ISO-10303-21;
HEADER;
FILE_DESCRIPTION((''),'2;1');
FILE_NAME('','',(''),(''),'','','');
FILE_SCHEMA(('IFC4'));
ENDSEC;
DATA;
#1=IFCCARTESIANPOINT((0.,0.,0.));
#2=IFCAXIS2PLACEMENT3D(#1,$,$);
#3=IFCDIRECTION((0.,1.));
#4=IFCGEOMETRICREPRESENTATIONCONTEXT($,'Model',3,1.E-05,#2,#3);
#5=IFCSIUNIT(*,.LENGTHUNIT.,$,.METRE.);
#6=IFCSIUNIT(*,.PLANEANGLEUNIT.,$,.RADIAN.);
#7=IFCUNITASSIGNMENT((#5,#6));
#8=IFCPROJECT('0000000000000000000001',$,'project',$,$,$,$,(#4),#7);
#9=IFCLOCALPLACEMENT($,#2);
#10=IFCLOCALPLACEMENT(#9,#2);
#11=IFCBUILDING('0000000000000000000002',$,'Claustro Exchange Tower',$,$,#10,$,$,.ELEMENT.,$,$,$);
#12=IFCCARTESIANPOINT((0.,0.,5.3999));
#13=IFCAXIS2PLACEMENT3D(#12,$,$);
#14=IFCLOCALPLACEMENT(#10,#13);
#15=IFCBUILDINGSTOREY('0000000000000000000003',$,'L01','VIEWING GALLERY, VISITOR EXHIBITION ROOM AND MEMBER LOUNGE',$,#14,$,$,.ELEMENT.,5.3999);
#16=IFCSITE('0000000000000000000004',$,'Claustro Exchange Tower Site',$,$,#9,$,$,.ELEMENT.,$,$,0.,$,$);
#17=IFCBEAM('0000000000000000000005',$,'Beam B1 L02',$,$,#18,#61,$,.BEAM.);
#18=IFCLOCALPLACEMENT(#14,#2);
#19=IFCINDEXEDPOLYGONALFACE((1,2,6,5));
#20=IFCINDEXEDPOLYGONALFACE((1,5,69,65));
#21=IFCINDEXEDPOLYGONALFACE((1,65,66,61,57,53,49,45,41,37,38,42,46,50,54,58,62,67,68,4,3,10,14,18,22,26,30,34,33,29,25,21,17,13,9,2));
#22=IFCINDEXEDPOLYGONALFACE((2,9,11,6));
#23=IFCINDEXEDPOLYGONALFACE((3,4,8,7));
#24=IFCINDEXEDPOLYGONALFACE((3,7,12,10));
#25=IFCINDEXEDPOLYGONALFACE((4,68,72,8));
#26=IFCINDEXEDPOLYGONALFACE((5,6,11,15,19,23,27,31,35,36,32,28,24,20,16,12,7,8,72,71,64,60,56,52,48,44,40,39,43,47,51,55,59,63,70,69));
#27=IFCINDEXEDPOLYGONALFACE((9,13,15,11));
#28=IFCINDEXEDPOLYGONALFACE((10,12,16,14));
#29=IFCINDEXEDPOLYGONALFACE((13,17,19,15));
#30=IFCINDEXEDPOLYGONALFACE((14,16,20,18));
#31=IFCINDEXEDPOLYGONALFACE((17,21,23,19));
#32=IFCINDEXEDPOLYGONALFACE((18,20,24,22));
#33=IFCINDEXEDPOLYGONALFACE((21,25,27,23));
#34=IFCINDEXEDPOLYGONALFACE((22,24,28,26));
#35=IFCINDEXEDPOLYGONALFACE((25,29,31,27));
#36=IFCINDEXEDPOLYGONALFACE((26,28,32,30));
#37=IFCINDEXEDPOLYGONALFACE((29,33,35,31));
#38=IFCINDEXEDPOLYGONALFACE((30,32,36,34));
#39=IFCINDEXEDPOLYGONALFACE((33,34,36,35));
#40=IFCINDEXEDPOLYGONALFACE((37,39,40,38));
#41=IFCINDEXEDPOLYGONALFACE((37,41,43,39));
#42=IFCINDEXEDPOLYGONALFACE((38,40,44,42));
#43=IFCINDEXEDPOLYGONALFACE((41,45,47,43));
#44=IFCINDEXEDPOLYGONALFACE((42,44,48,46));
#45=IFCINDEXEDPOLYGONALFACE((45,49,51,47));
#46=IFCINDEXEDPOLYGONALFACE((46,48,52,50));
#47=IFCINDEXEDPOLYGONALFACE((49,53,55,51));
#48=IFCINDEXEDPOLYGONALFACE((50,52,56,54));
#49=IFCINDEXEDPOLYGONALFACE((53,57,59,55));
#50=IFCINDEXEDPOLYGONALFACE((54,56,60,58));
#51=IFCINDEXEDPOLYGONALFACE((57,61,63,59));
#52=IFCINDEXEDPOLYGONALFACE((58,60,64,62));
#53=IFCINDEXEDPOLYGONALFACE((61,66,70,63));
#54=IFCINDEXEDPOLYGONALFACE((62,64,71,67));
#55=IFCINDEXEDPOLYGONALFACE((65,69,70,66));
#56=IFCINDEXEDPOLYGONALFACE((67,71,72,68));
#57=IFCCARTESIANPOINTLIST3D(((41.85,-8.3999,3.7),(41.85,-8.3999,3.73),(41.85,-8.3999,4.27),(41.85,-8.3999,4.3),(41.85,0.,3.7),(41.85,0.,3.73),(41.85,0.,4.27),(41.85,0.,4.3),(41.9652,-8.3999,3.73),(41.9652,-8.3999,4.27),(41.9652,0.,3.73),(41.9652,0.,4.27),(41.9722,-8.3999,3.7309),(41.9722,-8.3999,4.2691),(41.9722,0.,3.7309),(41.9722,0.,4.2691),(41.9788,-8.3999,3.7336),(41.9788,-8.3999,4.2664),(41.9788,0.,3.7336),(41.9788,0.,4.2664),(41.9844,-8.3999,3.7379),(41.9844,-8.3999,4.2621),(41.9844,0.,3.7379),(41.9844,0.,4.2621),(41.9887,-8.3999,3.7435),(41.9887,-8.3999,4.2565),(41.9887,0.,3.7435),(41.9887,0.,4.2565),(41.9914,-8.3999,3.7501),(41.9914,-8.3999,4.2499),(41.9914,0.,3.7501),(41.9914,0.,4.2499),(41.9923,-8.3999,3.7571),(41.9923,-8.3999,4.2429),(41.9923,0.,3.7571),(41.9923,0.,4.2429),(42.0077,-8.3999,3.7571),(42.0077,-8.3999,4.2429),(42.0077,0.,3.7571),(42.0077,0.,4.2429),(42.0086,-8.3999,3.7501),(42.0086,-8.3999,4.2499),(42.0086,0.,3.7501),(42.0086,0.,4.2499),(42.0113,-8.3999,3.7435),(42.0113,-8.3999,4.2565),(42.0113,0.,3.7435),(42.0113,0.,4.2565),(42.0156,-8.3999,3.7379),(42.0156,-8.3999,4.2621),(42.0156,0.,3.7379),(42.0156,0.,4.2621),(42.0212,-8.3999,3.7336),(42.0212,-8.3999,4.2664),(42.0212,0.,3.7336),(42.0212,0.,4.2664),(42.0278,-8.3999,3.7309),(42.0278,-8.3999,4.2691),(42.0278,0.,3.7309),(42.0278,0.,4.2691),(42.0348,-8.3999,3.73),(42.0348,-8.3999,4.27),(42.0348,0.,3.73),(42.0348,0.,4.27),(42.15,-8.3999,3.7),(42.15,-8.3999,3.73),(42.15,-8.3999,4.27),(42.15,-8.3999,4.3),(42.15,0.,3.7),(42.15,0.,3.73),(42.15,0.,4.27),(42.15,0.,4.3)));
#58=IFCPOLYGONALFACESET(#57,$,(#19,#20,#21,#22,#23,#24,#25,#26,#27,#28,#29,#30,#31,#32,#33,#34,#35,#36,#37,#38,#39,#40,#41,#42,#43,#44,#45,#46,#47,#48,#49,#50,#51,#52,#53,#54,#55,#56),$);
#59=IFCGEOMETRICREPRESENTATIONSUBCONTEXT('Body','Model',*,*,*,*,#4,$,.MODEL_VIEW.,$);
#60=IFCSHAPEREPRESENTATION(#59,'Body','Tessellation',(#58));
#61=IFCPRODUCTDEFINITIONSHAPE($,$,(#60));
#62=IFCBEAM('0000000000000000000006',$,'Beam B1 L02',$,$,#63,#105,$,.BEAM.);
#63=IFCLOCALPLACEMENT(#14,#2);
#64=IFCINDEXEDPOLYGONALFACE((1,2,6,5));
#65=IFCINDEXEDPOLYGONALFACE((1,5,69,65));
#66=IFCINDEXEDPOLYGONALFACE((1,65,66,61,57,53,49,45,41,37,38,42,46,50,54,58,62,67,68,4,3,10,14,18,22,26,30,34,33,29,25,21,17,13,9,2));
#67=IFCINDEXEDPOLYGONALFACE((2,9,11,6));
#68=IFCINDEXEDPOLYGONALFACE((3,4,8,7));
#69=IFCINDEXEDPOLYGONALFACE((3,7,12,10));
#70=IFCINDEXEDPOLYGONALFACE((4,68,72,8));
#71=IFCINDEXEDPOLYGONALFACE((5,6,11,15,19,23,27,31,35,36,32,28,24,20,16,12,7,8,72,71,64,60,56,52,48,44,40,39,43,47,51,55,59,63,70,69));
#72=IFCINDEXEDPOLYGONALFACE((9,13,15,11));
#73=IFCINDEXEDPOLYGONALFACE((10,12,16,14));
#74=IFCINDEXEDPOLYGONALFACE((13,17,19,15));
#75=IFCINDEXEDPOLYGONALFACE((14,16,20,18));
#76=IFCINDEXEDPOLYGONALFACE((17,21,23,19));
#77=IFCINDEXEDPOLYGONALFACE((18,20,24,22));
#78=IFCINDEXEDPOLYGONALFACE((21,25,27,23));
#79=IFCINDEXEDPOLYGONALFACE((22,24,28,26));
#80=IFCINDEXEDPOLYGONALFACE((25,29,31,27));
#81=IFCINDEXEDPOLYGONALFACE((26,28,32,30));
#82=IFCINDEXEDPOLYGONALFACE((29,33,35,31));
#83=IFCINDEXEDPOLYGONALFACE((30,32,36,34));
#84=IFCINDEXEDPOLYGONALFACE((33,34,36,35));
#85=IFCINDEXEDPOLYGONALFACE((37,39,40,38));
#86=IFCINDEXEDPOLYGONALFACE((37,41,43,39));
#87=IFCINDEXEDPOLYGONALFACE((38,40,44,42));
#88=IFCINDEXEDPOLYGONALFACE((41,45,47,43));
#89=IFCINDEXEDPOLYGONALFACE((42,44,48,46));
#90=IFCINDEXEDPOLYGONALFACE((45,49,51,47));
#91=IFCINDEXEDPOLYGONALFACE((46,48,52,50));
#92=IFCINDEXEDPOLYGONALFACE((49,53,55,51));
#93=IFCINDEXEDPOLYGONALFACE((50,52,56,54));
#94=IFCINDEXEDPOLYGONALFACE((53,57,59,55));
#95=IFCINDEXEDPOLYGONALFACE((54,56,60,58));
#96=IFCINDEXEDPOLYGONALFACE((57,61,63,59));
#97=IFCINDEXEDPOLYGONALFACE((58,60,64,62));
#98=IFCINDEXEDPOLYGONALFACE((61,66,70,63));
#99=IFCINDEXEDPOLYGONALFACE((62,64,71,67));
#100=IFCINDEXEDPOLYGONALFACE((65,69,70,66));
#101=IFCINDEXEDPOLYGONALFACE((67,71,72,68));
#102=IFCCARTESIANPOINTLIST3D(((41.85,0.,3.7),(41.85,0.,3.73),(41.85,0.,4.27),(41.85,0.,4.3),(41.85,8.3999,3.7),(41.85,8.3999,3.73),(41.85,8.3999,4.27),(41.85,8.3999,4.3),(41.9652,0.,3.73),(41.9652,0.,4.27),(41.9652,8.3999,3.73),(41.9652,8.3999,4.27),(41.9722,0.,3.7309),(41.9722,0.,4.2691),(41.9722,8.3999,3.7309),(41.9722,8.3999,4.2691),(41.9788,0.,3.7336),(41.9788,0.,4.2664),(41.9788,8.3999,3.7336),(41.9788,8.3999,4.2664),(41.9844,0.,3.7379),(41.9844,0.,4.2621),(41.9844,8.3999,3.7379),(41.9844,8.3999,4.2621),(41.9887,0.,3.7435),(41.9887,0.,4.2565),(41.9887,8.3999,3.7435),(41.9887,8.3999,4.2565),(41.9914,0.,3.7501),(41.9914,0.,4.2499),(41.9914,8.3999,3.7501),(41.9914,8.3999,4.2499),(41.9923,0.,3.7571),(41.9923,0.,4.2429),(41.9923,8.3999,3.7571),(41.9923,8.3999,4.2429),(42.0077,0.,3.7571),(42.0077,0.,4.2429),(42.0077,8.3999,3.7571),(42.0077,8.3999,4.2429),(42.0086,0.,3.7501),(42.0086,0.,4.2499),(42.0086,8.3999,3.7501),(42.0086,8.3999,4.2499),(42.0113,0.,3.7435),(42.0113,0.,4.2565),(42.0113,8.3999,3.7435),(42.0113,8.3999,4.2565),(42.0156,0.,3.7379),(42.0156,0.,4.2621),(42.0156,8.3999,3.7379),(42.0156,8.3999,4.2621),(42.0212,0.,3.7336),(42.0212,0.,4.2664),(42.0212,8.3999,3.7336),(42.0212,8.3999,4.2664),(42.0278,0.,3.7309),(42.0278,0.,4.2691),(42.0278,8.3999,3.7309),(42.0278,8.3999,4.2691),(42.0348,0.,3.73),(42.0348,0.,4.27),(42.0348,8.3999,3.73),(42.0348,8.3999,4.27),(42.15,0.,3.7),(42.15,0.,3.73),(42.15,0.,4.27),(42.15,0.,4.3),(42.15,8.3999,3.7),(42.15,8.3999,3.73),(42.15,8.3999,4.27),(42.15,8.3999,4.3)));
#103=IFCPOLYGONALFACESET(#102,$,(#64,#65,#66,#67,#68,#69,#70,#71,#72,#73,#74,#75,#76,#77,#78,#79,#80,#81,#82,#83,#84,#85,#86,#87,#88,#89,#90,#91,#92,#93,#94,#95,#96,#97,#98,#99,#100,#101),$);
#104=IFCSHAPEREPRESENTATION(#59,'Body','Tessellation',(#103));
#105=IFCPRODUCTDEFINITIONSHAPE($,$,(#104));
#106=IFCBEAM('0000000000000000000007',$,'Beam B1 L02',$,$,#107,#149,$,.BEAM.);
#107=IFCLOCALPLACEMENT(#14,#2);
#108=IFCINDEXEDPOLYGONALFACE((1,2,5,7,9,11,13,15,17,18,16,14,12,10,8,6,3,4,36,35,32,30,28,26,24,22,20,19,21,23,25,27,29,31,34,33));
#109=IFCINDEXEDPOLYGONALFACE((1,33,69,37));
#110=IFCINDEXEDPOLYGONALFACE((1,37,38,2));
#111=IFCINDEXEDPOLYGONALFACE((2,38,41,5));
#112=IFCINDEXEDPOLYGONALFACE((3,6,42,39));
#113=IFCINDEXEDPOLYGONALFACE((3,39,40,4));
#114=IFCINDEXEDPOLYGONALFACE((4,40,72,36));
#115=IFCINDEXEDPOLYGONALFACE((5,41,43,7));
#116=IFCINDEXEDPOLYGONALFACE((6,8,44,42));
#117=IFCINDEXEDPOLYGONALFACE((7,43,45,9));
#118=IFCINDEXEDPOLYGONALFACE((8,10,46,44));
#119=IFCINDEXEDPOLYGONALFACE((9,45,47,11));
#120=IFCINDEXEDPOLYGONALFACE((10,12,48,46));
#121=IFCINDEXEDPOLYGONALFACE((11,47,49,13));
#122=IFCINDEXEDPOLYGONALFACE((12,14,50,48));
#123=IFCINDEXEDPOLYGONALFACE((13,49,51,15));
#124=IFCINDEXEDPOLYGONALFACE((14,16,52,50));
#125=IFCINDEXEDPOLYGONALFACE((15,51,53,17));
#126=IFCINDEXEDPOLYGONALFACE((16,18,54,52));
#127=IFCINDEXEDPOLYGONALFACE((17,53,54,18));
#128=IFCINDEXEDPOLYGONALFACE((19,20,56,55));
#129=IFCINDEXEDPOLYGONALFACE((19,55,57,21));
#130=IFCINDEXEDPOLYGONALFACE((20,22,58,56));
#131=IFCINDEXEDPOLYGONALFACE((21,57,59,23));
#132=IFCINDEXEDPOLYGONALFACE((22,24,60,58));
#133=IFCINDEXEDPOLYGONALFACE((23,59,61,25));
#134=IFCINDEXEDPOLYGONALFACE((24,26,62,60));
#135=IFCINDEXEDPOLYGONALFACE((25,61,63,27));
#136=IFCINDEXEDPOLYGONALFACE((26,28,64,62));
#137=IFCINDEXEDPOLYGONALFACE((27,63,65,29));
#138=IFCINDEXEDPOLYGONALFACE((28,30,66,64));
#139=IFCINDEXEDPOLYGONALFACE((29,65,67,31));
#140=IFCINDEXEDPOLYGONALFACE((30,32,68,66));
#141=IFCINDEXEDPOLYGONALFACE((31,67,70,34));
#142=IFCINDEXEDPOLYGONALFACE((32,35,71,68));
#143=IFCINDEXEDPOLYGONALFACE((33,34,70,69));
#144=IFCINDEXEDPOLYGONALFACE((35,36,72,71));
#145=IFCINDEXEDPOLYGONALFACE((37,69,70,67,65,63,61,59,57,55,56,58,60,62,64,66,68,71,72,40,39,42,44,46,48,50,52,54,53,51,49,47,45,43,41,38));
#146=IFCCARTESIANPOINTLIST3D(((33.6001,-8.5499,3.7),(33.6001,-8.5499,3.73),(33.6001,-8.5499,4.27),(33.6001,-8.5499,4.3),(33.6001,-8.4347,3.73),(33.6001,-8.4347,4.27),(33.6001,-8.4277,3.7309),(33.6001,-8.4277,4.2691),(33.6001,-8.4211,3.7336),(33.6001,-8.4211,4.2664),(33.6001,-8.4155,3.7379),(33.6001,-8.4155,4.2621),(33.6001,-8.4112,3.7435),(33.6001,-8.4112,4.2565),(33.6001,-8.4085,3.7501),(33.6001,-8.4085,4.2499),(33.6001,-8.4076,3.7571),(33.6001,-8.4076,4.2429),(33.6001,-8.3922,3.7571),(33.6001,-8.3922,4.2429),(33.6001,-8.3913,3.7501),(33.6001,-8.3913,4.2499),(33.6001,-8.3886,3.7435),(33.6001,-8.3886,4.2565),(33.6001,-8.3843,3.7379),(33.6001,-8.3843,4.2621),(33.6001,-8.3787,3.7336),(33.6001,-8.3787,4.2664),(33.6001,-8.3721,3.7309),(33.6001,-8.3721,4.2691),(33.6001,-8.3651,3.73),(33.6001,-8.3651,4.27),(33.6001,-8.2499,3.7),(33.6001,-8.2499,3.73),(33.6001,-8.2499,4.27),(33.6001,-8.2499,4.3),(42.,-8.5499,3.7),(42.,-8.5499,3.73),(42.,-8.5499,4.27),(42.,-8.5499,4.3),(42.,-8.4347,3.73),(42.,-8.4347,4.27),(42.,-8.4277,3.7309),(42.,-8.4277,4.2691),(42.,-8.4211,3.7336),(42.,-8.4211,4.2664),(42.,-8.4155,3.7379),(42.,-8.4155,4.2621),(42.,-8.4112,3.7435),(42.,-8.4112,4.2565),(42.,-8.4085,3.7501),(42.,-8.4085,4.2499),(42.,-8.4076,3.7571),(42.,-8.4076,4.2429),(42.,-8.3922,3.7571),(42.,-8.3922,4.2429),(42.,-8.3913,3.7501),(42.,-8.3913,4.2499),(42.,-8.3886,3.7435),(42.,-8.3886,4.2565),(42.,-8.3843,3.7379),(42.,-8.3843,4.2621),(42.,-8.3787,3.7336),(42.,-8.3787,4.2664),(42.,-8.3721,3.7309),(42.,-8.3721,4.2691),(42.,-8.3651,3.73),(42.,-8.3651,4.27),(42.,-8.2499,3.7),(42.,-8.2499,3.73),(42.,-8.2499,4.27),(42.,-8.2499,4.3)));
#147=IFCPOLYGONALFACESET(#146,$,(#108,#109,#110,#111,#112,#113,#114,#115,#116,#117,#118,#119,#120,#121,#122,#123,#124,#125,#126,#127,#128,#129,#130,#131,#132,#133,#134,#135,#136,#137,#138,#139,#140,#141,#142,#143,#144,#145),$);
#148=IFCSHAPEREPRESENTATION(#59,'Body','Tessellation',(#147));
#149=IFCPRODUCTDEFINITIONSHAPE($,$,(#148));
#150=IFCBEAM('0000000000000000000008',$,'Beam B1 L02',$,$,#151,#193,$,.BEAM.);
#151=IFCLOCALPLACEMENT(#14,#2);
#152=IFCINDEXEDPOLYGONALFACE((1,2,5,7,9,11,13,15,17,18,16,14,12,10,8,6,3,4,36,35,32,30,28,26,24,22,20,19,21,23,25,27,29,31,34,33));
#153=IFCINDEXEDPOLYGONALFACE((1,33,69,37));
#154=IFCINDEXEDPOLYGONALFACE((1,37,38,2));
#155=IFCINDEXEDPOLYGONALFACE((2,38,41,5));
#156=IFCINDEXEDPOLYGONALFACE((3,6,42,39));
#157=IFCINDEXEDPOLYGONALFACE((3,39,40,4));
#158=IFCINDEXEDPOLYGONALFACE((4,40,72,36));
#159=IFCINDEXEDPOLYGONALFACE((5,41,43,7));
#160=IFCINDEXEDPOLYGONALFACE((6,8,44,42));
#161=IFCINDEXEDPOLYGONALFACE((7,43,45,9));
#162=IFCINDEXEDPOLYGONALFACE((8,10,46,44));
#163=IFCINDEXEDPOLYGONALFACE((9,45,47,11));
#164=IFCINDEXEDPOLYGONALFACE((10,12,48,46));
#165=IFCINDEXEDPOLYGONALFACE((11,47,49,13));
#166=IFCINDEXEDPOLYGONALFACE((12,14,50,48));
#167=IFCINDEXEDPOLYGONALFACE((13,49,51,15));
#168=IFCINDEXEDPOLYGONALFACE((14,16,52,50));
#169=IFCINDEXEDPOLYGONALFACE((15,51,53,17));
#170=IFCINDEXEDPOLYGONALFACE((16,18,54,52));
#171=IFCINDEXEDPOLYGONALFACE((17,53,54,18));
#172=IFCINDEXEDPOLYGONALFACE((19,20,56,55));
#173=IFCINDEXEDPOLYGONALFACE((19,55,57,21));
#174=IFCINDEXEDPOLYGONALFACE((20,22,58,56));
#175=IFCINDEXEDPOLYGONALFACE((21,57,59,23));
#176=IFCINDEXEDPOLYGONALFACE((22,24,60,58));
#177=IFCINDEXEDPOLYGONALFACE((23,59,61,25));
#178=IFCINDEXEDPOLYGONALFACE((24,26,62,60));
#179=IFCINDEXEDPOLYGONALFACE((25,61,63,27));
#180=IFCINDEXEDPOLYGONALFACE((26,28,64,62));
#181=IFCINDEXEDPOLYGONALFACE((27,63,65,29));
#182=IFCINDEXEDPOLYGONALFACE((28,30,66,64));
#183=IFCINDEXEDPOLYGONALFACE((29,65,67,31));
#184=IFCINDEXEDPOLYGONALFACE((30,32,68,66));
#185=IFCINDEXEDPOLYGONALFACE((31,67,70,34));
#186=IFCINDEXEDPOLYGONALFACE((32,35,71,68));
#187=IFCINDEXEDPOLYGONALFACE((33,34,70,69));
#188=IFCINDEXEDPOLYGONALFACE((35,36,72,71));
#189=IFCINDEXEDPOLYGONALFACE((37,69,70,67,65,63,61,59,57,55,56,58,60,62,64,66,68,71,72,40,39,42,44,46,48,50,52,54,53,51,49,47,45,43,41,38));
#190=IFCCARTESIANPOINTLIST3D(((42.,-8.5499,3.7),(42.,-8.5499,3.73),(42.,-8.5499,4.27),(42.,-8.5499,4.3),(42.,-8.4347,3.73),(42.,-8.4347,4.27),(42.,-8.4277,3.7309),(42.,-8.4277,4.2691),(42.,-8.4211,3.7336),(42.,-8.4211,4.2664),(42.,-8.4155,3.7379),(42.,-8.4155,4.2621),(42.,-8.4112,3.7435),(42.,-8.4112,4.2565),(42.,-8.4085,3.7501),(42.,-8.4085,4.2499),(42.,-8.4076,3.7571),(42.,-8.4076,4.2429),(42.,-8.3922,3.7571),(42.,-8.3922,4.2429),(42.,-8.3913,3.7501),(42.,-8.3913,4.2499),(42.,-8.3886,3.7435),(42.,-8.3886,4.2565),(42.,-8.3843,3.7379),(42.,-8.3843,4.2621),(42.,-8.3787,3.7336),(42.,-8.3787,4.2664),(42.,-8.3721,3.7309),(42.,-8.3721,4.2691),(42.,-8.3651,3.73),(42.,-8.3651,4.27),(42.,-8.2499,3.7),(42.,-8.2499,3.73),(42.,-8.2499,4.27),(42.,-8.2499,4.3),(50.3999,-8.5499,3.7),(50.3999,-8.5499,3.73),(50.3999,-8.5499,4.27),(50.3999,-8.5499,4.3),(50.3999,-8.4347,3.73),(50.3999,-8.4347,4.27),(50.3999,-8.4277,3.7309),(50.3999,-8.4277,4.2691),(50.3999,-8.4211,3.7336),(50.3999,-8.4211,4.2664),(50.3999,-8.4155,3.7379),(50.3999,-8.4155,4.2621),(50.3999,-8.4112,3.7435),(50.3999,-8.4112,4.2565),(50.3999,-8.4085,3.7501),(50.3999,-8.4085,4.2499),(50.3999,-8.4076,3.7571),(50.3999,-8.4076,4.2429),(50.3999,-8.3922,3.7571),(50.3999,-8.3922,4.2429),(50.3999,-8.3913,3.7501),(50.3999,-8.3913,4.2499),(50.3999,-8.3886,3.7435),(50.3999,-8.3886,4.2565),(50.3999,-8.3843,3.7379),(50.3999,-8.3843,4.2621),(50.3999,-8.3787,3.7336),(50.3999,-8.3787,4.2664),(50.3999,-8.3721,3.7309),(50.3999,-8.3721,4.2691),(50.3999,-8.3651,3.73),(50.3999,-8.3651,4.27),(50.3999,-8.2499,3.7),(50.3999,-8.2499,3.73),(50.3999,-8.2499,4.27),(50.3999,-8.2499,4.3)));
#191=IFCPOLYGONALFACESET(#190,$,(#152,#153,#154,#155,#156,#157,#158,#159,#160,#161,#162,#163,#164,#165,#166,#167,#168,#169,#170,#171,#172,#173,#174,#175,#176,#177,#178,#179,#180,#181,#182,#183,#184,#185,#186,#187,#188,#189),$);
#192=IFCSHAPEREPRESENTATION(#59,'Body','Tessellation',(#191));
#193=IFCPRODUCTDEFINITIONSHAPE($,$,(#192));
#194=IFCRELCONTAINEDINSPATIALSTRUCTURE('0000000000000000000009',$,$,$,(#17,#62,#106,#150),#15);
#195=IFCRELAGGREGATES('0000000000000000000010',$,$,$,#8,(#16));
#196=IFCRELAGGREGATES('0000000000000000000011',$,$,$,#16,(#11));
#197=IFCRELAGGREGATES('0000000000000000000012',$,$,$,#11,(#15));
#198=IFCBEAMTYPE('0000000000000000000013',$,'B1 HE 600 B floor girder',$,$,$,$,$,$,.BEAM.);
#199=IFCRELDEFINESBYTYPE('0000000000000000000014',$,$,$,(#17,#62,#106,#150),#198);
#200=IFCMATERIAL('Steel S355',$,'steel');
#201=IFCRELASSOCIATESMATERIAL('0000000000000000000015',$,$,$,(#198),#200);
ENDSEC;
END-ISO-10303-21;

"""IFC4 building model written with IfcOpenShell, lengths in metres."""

from ifc_helpers import new_model, si_unit, direction, frame, origin, origin_2d, place, context, subcontext, project, spatial, i_section, extrude, material, material_profile, profile_set, type_object, element, save


model = new_model("IFC4")

# Units and contexts
model_context = context("Model", 3, precision=1e-05, world=origin(), true_north=direction((0.0, 1.0)))
body_context = subcontext(model_context, "Body", "Model", "MODEL_VIEW")
ifc_project = project(units=[si_unit("LENGTHUNIT", "METRE"), si_unit("PLANEANGLEUNIT", "RADIAN")], contexts=[model_context])

# Site, building, storey
site_placement = place(None, origin())
site = spatial("IfcSite", under=ifc_project, at=site_placement, Name="Claustro Exchange Tower Site", CompositionType="ELEMENT", RefElevation=0.0)
building_placement = place(site_placement, origin())
building = spatial("IfcBuilding", under=site, at=building_placement, Name="Claustro Exchange Tower", CompositionType="ELEMENT")
storey_placement = place(building_placement, frame((0.0, 0.0, 5.3999)))
storey = spatial("IfcBuildingStorey", under=building, at=storey_placement, Name="L01", Description="VIEWING GALLERY, VISITOR EXHIBITION ROOM AND MEMBER LOUNGE", CompositionType="ELEMENT", Elevation=5.3999)

# Beams
ifc_material_1 = material(Name="Steel S355", Category="steel")
ifc_material_profile_1 = material_profile(ifc_material_1, i_section(OverallWidth=0.3, OverallDepth=0.6001, WebThickness=0.0154, FlangeThickness=0.03, FilletRadius=0.0271, at=origin_2d()), Name="HE 600 B")
ifc_profile_set_1 = profile_set([ifc_material_profile_1], Name="Steel S355")
beam_type_1 = type_object("IfcBeamType", Name="B1 HE 600 B floor girder", PredefinedType="BEAM", material=ifc_profile_set_1)
for number, where, z_axis, x_axis, name in (
    (1, (42.0, -8.3999, 4.0), (0.0, 1.0, 0.0), (-1.0, 0.0, 0.0), "Beam B1 L02"),
    (2, (42.0, 0.0, 4.0), (0.0, 1.0, 0.0), (-1.0, 0.0, 0.0), "Beam B1 L02"),
    (3, (33.6001, -8.3999, 4.0), (1.0, 0.0, 0.0), (0.0, 1.0, 0.0), "Beam B1 L02"),
    (4, (42.0, -8.3999, 4.0), (1.0, 0.0, 0.0), (0.0, 1.0, 0.0), "Beam B1 L02"),
):
    element("IfcBeam", number, at=place(storey_placement, frame(where, z_axis=z_axis, x_axis=x_axis)), inside=storey, type_object=beam_type_1, Name=name, PredefinedType="BEAM", context=body_context, shape_type="SweptSolid", body=[
        extrude(i_section(OverallWidth=0.3, OverallDepth=0.6001, WebThickness=0.0154, FlangeThickness=0.03, FilletRadius=0.0271, at=origin_2d()), origin(), (0.0, 0.0, 1.0), 8.3999),
    ])

save(model, "model.ifc")
